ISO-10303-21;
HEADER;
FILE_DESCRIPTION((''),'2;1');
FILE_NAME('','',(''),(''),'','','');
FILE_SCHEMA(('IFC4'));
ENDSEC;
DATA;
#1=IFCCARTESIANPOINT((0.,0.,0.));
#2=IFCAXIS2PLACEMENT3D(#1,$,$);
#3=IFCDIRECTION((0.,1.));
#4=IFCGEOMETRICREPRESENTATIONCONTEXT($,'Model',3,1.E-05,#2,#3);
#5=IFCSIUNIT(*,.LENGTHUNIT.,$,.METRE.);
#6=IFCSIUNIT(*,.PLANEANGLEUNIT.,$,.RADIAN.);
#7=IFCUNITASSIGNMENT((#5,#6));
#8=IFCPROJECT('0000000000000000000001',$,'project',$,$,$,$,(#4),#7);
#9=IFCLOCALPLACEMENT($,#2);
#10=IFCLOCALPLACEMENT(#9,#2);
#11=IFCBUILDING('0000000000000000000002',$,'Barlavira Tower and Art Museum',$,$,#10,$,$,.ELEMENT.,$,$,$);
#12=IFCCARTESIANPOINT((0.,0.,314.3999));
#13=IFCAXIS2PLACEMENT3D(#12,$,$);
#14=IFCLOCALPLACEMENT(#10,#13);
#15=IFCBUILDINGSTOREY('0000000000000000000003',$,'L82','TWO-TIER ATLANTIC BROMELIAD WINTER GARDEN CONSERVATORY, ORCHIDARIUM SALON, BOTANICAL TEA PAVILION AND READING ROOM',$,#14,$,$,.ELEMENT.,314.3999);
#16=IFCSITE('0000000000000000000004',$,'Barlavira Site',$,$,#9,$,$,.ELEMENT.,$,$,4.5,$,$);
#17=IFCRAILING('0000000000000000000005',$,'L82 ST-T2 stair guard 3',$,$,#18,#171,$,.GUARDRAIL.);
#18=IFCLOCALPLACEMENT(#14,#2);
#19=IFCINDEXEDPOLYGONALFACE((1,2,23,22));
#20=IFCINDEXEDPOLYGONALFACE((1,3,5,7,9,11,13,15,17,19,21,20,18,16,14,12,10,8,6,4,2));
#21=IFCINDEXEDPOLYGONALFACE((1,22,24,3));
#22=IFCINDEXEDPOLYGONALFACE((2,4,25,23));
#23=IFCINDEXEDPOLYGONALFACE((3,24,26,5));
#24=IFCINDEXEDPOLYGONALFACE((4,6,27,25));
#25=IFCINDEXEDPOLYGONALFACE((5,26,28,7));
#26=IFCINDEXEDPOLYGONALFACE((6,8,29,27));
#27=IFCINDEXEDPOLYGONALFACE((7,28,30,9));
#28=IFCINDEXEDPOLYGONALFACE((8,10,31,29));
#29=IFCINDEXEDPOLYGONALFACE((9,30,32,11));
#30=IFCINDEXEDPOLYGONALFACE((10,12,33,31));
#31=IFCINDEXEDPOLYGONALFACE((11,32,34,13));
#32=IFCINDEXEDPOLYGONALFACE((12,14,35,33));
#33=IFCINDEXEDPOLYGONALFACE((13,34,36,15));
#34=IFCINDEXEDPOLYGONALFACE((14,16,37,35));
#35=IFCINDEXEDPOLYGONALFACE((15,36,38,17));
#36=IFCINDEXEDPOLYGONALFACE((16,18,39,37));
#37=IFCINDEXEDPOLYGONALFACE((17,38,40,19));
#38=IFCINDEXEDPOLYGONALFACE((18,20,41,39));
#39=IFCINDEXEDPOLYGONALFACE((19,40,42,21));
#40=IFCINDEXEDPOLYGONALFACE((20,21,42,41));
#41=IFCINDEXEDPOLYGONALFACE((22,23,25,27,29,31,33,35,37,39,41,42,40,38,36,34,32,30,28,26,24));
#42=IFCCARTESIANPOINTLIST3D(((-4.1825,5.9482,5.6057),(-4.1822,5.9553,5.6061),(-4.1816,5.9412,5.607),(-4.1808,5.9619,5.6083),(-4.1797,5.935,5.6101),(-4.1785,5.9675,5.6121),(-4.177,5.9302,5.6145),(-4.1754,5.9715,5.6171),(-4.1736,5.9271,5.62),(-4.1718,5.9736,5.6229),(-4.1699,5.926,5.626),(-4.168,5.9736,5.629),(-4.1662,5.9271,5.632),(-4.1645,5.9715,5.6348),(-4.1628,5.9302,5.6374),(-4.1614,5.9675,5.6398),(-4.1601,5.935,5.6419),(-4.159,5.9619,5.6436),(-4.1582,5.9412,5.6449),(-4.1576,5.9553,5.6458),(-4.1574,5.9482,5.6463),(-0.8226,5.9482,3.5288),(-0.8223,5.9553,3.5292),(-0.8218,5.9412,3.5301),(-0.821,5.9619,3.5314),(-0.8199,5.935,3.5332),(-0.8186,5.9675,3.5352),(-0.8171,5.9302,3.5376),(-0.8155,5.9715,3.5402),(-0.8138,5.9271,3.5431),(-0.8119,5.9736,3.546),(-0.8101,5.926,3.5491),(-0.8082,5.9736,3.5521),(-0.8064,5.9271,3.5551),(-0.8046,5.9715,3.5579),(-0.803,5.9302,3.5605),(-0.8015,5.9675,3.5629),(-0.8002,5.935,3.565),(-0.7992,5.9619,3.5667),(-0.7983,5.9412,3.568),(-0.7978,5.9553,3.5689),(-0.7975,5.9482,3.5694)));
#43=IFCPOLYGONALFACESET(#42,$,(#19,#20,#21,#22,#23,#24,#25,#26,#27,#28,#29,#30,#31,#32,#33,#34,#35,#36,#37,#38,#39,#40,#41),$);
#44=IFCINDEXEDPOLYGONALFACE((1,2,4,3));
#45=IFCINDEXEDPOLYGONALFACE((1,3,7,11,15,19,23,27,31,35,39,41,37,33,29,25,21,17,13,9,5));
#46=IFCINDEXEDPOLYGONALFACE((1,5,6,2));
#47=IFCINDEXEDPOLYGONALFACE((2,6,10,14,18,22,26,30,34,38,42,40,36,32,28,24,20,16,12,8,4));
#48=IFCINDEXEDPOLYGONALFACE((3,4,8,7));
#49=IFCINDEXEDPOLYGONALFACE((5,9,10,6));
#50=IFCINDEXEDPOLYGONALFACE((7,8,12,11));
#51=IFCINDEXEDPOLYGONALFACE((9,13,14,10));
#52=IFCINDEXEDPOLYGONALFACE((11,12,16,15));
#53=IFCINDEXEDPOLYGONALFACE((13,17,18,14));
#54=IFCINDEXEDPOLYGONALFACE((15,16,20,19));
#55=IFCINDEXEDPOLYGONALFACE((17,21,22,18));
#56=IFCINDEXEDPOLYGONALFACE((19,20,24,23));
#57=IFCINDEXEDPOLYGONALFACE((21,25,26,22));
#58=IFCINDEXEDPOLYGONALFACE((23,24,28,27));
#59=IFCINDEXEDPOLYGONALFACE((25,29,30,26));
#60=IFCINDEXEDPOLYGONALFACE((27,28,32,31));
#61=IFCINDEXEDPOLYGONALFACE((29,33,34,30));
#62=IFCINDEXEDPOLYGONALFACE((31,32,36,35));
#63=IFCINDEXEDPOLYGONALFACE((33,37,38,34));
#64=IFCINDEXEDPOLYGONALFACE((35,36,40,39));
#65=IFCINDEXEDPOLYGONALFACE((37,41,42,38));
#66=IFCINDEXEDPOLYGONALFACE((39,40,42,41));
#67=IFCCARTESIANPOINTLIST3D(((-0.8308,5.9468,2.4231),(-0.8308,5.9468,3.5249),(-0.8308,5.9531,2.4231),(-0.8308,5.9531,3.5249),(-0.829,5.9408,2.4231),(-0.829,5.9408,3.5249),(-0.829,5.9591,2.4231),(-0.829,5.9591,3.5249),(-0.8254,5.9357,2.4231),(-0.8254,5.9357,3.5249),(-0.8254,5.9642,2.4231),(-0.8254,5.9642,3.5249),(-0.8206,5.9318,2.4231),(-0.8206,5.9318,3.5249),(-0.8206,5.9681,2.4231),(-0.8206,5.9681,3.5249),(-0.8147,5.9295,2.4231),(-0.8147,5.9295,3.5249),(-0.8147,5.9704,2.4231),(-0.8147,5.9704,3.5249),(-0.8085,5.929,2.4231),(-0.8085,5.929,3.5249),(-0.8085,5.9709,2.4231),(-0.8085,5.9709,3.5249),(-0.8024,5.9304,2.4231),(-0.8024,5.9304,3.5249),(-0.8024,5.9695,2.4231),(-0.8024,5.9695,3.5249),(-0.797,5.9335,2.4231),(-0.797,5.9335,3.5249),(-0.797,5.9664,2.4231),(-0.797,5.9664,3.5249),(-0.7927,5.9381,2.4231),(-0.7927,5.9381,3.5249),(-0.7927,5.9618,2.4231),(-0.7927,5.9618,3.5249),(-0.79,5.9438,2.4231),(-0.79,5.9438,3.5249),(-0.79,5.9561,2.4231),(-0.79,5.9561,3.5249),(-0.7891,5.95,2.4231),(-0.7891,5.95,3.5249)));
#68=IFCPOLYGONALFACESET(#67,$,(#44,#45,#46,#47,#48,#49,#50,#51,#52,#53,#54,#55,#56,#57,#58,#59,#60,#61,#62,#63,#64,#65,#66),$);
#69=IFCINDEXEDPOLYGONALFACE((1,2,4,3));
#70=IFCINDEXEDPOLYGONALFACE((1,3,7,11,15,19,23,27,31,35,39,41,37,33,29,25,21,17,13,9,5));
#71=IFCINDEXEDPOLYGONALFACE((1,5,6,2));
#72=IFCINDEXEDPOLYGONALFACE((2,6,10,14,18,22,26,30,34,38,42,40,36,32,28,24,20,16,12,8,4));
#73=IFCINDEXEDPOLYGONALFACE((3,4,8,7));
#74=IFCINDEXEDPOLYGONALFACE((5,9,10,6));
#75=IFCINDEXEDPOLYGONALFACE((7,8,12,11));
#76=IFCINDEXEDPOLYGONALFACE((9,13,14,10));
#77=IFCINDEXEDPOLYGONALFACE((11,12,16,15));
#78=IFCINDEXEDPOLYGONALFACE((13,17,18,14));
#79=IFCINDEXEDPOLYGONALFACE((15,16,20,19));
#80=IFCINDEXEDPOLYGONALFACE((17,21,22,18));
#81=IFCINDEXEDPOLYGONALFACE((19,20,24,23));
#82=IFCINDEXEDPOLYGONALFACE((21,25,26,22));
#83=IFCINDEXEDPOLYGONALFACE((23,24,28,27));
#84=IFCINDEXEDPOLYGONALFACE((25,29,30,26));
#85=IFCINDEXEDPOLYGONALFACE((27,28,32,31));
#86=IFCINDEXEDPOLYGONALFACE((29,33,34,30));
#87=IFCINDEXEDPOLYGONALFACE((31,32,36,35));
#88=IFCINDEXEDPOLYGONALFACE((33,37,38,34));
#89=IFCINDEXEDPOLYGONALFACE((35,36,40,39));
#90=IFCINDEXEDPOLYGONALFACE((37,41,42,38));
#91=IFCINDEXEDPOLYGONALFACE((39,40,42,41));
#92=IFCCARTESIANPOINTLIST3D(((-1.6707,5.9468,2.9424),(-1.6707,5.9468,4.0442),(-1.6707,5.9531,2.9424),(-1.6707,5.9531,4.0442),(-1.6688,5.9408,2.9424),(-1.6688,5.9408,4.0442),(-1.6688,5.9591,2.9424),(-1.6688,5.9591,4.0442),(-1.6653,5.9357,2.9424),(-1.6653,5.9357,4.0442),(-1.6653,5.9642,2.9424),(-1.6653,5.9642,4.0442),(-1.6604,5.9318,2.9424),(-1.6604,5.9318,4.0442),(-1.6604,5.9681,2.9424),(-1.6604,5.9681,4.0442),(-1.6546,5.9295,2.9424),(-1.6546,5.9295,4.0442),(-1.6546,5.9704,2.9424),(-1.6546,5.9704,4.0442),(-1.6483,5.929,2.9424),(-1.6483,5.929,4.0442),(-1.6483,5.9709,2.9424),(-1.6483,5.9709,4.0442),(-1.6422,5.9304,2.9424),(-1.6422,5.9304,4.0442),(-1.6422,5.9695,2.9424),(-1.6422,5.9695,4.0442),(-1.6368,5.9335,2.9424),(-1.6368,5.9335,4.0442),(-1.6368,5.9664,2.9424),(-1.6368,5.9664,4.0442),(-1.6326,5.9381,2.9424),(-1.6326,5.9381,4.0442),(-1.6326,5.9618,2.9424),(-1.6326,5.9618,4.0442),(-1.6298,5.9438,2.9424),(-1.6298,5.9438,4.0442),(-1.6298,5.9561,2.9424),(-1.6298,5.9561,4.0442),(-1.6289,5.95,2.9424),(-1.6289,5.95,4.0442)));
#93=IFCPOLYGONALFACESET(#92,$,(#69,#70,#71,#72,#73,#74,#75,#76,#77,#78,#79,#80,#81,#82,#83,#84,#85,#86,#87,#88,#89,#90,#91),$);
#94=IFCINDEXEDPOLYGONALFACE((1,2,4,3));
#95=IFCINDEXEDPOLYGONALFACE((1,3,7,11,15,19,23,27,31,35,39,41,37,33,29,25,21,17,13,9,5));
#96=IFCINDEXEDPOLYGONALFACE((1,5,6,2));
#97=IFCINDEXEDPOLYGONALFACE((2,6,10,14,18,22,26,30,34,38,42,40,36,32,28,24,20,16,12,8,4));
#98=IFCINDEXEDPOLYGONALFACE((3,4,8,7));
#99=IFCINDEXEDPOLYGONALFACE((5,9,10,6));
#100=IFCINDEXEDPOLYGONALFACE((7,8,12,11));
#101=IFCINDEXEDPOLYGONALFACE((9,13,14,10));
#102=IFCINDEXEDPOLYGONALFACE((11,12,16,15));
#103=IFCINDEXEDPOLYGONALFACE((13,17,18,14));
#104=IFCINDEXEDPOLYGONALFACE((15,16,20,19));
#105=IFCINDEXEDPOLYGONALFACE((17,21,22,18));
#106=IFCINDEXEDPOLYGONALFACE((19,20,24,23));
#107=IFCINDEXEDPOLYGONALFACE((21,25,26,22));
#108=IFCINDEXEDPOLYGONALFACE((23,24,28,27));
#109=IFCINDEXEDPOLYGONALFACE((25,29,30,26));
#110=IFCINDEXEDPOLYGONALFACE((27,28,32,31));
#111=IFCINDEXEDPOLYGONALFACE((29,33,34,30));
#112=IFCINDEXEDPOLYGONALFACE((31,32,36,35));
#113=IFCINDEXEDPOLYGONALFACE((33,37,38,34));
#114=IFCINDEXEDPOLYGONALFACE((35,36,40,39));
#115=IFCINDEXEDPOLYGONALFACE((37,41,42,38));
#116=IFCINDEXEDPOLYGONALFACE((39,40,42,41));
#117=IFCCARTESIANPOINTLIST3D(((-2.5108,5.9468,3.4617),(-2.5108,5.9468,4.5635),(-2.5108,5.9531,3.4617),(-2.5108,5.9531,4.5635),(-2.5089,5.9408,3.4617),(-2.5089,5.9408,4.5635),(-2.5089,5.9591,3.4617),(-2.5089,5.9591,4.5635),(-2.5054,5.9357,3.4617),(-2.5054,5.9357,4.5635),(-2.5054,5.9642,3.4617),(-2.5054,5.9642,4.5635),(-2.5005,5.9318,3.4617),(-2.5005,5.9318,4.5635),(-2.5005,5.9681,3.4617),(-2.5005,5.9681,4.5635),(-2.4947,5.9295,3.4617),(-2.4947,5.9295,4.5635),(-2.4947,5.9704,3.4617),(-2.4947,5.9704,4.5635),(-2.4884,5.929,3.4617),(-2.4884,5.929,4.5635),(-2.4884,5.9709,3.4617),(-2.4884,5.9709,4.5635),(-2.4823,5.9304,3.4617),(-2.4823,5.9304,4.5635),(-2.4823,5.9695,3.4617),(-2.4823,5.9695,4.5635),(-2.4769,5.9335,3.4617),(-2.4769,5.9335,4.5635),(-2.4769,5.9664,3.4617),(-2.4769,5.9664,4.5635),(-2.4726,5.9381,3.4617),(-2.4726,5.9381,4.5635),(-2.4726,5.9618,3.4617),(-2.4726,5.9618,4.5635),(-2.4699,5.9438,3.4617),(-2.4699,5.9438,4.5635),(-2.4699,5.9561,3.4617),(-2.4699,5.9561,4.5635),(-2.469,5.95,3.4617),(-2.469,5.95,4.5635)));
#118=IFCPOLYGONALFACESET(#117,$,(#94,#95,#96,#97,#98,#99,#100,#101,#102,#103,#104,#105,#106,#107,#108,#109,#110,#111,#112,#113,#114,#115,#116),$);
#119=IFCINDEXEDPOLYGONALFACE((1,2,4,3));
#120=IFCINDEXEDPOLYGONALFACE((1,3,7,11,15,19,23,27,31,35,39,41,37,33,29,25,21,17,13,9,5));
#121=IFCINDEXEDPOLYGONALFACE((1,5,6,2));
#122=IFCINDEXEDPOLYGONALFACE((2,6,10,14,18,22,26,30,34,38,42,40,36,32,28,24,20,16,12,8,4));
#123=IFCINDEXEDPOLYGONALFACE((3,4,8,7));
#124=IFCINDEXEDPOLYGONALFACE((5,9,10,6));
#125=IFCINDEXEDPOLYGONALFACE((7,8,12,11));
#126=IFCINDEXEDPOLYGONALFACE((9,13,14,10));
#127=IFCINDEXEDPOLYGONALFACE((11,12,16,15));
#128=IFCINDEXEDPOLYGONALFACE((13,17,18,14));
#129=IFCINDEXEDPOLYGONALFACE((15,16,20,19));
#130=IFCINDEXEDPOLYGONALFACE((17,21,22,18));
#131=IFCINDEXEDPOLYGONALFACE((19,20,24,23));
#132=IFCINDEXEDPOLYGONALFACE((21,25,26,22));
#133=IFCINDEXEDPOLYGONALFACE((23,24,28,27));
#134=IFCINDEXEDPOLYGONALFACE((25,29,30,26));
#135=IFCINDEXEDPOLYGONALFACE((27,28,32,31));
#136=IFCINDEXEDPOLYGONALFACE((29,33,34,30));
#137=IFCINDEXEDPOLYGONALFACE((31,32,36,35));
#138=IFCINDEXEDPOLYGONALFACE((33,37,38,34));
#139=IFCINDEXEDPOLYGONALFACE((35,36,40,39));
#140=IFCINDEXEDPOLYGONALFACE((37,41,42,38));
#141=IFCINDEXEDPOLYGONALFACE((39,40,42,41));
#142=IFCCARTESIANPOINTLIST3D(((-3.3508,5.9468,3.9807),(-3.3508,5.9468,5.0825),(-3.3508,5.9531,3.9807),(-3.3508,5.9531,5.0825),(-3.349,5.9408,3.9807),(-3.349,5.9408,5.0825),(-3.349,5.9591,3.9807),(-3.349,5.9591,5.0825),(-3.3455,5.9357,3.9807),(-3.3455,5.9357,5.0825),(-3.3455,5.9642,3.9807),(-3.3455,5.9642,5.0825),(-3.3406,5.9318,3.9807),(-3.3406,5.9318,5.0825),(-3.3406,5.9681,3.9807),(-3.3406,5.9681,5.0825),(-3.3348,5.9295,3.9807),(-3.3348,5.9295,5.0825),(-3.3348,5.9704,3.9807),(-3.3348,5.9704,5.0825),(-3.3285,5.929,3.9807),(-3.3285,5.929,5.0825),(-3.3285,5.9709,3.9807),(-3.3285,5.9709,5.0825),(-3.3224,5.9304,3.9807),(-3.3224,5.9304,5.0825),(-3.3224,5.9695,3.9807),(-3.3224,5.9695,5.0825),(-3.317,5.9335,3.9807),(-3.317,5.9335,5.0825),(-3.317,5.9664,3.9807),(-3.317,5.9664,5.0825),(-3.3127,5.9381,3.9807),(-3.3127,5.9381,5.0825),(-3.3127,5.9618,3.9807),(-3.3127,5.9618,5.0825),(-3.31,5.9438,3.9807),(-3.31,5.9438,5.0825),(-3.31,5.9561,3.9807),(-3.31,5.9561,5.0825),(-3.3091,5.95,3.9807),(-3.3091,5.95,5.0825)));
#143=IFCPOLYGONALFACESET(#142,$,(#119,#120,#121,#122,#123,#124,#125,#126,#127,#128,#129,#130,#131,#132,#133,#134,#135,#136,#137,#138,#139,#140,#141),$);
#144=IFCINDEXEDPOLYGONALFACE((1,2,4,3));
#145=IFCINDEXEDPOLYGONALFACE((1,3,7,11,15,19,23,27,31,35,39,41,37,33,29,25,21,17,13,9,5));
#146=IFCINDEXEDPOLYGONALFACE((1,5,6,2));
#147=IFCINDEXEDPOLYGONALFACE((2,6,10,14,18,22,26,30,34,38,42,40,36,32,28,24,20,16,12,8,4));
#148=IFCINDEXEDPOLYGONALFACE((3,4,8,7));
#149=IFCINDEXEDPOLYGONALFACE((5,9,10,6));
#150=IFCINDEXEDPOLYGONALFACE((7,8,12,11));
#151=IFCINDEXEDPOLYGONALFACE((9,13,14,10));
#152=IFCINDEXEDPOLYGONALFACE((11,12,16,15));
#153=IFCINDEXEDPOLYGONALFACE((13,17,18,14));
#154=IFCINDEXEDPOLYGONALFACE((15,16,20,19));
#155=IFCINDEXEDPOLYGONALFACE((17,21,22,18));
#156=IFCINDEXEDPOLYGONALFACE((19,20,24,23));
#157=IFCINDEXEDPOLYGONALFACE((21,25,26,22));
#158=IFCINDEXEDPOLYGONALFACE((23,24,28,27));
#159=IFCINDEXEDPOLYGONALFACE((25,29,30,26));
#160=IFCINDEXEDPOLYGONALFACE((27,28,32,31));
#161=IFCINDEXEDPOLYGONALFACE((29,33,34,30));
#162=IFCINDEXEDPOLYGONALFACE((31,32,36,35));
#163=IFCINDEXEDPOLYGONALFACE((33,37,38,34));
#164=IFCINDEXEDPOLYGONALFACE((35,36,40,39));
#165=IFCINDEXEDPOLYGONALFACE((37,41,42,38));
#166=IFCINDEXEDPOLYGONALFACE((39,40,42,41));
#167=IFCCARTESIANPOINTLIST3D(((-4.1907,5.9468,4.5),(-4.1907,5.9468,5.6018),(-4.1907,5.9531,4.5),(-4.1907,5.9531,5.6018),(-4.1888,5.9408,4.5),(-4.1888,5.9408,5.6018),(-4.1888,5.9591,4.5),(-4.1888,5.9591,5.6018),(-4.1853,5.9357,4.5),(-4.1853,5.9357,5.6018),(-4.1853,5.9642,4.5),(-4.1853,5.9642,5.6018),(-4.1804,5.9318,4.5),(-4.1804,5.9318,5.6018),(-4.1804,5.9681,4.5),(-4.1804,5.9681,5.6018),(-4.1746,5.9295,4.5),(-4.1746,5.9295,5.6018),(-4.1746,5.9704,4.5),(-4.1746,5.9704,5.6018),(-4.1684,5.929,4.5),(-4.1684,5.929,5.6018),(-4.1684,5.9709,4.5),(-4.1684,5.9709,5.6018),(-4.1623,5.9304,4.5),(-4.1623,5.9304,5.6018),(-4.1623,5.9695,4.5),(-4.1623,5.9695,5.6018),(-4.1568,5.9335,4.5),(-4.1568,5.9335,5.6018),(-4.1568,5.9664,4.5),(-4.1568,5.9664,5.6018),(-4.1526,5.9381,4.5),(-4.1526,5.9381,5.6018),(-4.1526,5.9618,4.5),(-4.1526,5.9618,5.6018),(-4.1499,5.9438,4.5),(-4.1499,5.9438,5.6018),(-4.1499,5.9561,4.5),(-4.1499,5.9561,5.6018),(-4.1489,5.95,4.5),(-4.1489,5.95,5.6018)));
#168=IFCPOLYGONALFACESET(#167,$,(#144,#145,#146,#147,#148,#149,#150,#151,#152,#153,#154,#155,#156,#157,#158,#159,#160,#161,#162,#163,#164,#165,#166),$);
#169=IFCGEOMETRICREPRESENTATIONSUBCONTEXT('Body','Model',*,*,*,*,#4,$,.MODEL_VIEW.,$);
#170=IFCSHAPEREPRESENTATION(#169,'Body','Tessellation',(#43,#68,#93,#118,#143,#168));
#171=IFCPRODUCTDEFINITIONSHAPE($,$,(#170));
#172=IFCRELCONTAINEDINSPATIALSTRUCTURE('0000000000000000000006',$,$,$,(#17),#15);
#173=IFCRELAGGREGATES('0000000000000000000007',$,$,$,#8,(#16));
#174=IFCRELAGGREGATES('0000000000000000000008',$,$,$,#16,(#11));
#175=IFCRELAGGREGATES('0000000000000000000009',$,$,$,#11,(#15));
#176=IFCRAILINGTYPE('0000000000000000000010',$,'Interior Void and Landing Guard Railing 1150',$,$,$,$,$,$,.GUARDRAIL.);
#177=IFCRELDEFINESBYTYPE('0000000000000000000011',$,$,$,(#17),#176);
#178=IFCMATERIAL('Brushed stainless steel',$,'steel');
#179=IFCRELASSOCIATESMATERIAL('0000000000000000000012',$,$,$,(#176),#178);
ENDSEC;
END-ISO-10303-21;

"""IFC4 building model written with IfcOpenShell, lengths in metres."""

from ifc_helpers import new_model, si_unit, direction, frame, origin, origin_2d, place, context, subcontext, project, spatial, circle, extrude, material, type_object, element, save


model = new_model("IFC4")

# Units and contexts
model_context = context("Model", 3, precision=1e-05, world=origin(), true_north=direction((0.0, 1.0)))
body_context = subcontext(model_context, "Body", "Model", "MODEL_VIEW")
ifc_project = project(units=[si_unit("LENGTHUNIT", "METRE"), si_unit("PLANEANGLEUNIT", "RADIAN")], contexts=[model_context])

# Site, building, storey
site_placement = place(None, origin())
site = spatial("IfcSite", under=ifc_project, at=site_placement, Name="Barlavira Site", CompositionType="ELEMENT", RefElevation=4.5)
building_placement = place(site_placement, origin())
building = spatial("IfcBuilding", under=site, at=building_placement, Name="Barlavira Tower and Art Museum", CompositionType="ELEMENT")
storey_placement = place(building_placement, frame((0.0, 0.0, 314.3999)))
storey = spatial("IfcBuildingStorey", under=building, at=storey_placement, Name="L82", Description="TWO-TIER ATLANTIC BROMELIAD WINTER GARDEN CONSERVATORY, ORCHIDARIUM SALON, BOTANICAL TEA PAVILION AND READING ROOM", CompositionType="ELEMENT", Elevation=314.3999)

# Shared definitions
ifc_material_1 = material(Name="Brushed stainless steel", Category="steel")

# Railing
railing_type_1 = type_object("IfcRailingType", Name="Interior Void and Landing Guard Railing 1150", PredefinedType="GUARDRAIL", material=ifc_material_1)
railing_1_placement = place(storey_placement, frame((-0.8101, 5.95, 2.4231)))
element("IfcRailing", 1, at=railing_1_placement, inside=storey, type_object=railing_type_1, Name="L82 ST-T2 stair guard 3", PredefinedType="GUARDRAIL", context=body_context, shape_type="SweptSolid", body=[
    extrude(circle(Radius=0.0239, at=origin_2d()), frame((0.0, 0.0, 1.126), z_axis=(-0.850606, 0.0, 0.525803), x_axis=(0.0, -1.0, 0.0)), (0.0, 0.0, 1.0), 3.95),
    extrude(circle(Radius=0.021, at=origin_2d()), origin(), (0.0, 0.0, 1.0), 1.1018),
    extrude(circle(Radius=0.021, at=origin_2d()), frame((-0.8398, 0.0, 0.5193)), (0.0, 0.0, 1.0), 1.1018),
    extrude(circle(Radius=0.021, at=origin_2d()), frame((-1.6799, 0.0, 1.0386)), (0.0, 0.0, 1.0), 1.1018),
    extrude(circle(Radius=0.021, at=origin_2d()), frame((-2.52, 0.0, 1.5576)), (0.0, 0.0, 1.0), 1.1018),
    extrude(circle(Radius=0.021, at=origin_2d()), frame((-3.3599, 0.0, 2.0769)), (0.0, 0.0, 1.0), 1.1018),
])

save(model, "model.ifc")
